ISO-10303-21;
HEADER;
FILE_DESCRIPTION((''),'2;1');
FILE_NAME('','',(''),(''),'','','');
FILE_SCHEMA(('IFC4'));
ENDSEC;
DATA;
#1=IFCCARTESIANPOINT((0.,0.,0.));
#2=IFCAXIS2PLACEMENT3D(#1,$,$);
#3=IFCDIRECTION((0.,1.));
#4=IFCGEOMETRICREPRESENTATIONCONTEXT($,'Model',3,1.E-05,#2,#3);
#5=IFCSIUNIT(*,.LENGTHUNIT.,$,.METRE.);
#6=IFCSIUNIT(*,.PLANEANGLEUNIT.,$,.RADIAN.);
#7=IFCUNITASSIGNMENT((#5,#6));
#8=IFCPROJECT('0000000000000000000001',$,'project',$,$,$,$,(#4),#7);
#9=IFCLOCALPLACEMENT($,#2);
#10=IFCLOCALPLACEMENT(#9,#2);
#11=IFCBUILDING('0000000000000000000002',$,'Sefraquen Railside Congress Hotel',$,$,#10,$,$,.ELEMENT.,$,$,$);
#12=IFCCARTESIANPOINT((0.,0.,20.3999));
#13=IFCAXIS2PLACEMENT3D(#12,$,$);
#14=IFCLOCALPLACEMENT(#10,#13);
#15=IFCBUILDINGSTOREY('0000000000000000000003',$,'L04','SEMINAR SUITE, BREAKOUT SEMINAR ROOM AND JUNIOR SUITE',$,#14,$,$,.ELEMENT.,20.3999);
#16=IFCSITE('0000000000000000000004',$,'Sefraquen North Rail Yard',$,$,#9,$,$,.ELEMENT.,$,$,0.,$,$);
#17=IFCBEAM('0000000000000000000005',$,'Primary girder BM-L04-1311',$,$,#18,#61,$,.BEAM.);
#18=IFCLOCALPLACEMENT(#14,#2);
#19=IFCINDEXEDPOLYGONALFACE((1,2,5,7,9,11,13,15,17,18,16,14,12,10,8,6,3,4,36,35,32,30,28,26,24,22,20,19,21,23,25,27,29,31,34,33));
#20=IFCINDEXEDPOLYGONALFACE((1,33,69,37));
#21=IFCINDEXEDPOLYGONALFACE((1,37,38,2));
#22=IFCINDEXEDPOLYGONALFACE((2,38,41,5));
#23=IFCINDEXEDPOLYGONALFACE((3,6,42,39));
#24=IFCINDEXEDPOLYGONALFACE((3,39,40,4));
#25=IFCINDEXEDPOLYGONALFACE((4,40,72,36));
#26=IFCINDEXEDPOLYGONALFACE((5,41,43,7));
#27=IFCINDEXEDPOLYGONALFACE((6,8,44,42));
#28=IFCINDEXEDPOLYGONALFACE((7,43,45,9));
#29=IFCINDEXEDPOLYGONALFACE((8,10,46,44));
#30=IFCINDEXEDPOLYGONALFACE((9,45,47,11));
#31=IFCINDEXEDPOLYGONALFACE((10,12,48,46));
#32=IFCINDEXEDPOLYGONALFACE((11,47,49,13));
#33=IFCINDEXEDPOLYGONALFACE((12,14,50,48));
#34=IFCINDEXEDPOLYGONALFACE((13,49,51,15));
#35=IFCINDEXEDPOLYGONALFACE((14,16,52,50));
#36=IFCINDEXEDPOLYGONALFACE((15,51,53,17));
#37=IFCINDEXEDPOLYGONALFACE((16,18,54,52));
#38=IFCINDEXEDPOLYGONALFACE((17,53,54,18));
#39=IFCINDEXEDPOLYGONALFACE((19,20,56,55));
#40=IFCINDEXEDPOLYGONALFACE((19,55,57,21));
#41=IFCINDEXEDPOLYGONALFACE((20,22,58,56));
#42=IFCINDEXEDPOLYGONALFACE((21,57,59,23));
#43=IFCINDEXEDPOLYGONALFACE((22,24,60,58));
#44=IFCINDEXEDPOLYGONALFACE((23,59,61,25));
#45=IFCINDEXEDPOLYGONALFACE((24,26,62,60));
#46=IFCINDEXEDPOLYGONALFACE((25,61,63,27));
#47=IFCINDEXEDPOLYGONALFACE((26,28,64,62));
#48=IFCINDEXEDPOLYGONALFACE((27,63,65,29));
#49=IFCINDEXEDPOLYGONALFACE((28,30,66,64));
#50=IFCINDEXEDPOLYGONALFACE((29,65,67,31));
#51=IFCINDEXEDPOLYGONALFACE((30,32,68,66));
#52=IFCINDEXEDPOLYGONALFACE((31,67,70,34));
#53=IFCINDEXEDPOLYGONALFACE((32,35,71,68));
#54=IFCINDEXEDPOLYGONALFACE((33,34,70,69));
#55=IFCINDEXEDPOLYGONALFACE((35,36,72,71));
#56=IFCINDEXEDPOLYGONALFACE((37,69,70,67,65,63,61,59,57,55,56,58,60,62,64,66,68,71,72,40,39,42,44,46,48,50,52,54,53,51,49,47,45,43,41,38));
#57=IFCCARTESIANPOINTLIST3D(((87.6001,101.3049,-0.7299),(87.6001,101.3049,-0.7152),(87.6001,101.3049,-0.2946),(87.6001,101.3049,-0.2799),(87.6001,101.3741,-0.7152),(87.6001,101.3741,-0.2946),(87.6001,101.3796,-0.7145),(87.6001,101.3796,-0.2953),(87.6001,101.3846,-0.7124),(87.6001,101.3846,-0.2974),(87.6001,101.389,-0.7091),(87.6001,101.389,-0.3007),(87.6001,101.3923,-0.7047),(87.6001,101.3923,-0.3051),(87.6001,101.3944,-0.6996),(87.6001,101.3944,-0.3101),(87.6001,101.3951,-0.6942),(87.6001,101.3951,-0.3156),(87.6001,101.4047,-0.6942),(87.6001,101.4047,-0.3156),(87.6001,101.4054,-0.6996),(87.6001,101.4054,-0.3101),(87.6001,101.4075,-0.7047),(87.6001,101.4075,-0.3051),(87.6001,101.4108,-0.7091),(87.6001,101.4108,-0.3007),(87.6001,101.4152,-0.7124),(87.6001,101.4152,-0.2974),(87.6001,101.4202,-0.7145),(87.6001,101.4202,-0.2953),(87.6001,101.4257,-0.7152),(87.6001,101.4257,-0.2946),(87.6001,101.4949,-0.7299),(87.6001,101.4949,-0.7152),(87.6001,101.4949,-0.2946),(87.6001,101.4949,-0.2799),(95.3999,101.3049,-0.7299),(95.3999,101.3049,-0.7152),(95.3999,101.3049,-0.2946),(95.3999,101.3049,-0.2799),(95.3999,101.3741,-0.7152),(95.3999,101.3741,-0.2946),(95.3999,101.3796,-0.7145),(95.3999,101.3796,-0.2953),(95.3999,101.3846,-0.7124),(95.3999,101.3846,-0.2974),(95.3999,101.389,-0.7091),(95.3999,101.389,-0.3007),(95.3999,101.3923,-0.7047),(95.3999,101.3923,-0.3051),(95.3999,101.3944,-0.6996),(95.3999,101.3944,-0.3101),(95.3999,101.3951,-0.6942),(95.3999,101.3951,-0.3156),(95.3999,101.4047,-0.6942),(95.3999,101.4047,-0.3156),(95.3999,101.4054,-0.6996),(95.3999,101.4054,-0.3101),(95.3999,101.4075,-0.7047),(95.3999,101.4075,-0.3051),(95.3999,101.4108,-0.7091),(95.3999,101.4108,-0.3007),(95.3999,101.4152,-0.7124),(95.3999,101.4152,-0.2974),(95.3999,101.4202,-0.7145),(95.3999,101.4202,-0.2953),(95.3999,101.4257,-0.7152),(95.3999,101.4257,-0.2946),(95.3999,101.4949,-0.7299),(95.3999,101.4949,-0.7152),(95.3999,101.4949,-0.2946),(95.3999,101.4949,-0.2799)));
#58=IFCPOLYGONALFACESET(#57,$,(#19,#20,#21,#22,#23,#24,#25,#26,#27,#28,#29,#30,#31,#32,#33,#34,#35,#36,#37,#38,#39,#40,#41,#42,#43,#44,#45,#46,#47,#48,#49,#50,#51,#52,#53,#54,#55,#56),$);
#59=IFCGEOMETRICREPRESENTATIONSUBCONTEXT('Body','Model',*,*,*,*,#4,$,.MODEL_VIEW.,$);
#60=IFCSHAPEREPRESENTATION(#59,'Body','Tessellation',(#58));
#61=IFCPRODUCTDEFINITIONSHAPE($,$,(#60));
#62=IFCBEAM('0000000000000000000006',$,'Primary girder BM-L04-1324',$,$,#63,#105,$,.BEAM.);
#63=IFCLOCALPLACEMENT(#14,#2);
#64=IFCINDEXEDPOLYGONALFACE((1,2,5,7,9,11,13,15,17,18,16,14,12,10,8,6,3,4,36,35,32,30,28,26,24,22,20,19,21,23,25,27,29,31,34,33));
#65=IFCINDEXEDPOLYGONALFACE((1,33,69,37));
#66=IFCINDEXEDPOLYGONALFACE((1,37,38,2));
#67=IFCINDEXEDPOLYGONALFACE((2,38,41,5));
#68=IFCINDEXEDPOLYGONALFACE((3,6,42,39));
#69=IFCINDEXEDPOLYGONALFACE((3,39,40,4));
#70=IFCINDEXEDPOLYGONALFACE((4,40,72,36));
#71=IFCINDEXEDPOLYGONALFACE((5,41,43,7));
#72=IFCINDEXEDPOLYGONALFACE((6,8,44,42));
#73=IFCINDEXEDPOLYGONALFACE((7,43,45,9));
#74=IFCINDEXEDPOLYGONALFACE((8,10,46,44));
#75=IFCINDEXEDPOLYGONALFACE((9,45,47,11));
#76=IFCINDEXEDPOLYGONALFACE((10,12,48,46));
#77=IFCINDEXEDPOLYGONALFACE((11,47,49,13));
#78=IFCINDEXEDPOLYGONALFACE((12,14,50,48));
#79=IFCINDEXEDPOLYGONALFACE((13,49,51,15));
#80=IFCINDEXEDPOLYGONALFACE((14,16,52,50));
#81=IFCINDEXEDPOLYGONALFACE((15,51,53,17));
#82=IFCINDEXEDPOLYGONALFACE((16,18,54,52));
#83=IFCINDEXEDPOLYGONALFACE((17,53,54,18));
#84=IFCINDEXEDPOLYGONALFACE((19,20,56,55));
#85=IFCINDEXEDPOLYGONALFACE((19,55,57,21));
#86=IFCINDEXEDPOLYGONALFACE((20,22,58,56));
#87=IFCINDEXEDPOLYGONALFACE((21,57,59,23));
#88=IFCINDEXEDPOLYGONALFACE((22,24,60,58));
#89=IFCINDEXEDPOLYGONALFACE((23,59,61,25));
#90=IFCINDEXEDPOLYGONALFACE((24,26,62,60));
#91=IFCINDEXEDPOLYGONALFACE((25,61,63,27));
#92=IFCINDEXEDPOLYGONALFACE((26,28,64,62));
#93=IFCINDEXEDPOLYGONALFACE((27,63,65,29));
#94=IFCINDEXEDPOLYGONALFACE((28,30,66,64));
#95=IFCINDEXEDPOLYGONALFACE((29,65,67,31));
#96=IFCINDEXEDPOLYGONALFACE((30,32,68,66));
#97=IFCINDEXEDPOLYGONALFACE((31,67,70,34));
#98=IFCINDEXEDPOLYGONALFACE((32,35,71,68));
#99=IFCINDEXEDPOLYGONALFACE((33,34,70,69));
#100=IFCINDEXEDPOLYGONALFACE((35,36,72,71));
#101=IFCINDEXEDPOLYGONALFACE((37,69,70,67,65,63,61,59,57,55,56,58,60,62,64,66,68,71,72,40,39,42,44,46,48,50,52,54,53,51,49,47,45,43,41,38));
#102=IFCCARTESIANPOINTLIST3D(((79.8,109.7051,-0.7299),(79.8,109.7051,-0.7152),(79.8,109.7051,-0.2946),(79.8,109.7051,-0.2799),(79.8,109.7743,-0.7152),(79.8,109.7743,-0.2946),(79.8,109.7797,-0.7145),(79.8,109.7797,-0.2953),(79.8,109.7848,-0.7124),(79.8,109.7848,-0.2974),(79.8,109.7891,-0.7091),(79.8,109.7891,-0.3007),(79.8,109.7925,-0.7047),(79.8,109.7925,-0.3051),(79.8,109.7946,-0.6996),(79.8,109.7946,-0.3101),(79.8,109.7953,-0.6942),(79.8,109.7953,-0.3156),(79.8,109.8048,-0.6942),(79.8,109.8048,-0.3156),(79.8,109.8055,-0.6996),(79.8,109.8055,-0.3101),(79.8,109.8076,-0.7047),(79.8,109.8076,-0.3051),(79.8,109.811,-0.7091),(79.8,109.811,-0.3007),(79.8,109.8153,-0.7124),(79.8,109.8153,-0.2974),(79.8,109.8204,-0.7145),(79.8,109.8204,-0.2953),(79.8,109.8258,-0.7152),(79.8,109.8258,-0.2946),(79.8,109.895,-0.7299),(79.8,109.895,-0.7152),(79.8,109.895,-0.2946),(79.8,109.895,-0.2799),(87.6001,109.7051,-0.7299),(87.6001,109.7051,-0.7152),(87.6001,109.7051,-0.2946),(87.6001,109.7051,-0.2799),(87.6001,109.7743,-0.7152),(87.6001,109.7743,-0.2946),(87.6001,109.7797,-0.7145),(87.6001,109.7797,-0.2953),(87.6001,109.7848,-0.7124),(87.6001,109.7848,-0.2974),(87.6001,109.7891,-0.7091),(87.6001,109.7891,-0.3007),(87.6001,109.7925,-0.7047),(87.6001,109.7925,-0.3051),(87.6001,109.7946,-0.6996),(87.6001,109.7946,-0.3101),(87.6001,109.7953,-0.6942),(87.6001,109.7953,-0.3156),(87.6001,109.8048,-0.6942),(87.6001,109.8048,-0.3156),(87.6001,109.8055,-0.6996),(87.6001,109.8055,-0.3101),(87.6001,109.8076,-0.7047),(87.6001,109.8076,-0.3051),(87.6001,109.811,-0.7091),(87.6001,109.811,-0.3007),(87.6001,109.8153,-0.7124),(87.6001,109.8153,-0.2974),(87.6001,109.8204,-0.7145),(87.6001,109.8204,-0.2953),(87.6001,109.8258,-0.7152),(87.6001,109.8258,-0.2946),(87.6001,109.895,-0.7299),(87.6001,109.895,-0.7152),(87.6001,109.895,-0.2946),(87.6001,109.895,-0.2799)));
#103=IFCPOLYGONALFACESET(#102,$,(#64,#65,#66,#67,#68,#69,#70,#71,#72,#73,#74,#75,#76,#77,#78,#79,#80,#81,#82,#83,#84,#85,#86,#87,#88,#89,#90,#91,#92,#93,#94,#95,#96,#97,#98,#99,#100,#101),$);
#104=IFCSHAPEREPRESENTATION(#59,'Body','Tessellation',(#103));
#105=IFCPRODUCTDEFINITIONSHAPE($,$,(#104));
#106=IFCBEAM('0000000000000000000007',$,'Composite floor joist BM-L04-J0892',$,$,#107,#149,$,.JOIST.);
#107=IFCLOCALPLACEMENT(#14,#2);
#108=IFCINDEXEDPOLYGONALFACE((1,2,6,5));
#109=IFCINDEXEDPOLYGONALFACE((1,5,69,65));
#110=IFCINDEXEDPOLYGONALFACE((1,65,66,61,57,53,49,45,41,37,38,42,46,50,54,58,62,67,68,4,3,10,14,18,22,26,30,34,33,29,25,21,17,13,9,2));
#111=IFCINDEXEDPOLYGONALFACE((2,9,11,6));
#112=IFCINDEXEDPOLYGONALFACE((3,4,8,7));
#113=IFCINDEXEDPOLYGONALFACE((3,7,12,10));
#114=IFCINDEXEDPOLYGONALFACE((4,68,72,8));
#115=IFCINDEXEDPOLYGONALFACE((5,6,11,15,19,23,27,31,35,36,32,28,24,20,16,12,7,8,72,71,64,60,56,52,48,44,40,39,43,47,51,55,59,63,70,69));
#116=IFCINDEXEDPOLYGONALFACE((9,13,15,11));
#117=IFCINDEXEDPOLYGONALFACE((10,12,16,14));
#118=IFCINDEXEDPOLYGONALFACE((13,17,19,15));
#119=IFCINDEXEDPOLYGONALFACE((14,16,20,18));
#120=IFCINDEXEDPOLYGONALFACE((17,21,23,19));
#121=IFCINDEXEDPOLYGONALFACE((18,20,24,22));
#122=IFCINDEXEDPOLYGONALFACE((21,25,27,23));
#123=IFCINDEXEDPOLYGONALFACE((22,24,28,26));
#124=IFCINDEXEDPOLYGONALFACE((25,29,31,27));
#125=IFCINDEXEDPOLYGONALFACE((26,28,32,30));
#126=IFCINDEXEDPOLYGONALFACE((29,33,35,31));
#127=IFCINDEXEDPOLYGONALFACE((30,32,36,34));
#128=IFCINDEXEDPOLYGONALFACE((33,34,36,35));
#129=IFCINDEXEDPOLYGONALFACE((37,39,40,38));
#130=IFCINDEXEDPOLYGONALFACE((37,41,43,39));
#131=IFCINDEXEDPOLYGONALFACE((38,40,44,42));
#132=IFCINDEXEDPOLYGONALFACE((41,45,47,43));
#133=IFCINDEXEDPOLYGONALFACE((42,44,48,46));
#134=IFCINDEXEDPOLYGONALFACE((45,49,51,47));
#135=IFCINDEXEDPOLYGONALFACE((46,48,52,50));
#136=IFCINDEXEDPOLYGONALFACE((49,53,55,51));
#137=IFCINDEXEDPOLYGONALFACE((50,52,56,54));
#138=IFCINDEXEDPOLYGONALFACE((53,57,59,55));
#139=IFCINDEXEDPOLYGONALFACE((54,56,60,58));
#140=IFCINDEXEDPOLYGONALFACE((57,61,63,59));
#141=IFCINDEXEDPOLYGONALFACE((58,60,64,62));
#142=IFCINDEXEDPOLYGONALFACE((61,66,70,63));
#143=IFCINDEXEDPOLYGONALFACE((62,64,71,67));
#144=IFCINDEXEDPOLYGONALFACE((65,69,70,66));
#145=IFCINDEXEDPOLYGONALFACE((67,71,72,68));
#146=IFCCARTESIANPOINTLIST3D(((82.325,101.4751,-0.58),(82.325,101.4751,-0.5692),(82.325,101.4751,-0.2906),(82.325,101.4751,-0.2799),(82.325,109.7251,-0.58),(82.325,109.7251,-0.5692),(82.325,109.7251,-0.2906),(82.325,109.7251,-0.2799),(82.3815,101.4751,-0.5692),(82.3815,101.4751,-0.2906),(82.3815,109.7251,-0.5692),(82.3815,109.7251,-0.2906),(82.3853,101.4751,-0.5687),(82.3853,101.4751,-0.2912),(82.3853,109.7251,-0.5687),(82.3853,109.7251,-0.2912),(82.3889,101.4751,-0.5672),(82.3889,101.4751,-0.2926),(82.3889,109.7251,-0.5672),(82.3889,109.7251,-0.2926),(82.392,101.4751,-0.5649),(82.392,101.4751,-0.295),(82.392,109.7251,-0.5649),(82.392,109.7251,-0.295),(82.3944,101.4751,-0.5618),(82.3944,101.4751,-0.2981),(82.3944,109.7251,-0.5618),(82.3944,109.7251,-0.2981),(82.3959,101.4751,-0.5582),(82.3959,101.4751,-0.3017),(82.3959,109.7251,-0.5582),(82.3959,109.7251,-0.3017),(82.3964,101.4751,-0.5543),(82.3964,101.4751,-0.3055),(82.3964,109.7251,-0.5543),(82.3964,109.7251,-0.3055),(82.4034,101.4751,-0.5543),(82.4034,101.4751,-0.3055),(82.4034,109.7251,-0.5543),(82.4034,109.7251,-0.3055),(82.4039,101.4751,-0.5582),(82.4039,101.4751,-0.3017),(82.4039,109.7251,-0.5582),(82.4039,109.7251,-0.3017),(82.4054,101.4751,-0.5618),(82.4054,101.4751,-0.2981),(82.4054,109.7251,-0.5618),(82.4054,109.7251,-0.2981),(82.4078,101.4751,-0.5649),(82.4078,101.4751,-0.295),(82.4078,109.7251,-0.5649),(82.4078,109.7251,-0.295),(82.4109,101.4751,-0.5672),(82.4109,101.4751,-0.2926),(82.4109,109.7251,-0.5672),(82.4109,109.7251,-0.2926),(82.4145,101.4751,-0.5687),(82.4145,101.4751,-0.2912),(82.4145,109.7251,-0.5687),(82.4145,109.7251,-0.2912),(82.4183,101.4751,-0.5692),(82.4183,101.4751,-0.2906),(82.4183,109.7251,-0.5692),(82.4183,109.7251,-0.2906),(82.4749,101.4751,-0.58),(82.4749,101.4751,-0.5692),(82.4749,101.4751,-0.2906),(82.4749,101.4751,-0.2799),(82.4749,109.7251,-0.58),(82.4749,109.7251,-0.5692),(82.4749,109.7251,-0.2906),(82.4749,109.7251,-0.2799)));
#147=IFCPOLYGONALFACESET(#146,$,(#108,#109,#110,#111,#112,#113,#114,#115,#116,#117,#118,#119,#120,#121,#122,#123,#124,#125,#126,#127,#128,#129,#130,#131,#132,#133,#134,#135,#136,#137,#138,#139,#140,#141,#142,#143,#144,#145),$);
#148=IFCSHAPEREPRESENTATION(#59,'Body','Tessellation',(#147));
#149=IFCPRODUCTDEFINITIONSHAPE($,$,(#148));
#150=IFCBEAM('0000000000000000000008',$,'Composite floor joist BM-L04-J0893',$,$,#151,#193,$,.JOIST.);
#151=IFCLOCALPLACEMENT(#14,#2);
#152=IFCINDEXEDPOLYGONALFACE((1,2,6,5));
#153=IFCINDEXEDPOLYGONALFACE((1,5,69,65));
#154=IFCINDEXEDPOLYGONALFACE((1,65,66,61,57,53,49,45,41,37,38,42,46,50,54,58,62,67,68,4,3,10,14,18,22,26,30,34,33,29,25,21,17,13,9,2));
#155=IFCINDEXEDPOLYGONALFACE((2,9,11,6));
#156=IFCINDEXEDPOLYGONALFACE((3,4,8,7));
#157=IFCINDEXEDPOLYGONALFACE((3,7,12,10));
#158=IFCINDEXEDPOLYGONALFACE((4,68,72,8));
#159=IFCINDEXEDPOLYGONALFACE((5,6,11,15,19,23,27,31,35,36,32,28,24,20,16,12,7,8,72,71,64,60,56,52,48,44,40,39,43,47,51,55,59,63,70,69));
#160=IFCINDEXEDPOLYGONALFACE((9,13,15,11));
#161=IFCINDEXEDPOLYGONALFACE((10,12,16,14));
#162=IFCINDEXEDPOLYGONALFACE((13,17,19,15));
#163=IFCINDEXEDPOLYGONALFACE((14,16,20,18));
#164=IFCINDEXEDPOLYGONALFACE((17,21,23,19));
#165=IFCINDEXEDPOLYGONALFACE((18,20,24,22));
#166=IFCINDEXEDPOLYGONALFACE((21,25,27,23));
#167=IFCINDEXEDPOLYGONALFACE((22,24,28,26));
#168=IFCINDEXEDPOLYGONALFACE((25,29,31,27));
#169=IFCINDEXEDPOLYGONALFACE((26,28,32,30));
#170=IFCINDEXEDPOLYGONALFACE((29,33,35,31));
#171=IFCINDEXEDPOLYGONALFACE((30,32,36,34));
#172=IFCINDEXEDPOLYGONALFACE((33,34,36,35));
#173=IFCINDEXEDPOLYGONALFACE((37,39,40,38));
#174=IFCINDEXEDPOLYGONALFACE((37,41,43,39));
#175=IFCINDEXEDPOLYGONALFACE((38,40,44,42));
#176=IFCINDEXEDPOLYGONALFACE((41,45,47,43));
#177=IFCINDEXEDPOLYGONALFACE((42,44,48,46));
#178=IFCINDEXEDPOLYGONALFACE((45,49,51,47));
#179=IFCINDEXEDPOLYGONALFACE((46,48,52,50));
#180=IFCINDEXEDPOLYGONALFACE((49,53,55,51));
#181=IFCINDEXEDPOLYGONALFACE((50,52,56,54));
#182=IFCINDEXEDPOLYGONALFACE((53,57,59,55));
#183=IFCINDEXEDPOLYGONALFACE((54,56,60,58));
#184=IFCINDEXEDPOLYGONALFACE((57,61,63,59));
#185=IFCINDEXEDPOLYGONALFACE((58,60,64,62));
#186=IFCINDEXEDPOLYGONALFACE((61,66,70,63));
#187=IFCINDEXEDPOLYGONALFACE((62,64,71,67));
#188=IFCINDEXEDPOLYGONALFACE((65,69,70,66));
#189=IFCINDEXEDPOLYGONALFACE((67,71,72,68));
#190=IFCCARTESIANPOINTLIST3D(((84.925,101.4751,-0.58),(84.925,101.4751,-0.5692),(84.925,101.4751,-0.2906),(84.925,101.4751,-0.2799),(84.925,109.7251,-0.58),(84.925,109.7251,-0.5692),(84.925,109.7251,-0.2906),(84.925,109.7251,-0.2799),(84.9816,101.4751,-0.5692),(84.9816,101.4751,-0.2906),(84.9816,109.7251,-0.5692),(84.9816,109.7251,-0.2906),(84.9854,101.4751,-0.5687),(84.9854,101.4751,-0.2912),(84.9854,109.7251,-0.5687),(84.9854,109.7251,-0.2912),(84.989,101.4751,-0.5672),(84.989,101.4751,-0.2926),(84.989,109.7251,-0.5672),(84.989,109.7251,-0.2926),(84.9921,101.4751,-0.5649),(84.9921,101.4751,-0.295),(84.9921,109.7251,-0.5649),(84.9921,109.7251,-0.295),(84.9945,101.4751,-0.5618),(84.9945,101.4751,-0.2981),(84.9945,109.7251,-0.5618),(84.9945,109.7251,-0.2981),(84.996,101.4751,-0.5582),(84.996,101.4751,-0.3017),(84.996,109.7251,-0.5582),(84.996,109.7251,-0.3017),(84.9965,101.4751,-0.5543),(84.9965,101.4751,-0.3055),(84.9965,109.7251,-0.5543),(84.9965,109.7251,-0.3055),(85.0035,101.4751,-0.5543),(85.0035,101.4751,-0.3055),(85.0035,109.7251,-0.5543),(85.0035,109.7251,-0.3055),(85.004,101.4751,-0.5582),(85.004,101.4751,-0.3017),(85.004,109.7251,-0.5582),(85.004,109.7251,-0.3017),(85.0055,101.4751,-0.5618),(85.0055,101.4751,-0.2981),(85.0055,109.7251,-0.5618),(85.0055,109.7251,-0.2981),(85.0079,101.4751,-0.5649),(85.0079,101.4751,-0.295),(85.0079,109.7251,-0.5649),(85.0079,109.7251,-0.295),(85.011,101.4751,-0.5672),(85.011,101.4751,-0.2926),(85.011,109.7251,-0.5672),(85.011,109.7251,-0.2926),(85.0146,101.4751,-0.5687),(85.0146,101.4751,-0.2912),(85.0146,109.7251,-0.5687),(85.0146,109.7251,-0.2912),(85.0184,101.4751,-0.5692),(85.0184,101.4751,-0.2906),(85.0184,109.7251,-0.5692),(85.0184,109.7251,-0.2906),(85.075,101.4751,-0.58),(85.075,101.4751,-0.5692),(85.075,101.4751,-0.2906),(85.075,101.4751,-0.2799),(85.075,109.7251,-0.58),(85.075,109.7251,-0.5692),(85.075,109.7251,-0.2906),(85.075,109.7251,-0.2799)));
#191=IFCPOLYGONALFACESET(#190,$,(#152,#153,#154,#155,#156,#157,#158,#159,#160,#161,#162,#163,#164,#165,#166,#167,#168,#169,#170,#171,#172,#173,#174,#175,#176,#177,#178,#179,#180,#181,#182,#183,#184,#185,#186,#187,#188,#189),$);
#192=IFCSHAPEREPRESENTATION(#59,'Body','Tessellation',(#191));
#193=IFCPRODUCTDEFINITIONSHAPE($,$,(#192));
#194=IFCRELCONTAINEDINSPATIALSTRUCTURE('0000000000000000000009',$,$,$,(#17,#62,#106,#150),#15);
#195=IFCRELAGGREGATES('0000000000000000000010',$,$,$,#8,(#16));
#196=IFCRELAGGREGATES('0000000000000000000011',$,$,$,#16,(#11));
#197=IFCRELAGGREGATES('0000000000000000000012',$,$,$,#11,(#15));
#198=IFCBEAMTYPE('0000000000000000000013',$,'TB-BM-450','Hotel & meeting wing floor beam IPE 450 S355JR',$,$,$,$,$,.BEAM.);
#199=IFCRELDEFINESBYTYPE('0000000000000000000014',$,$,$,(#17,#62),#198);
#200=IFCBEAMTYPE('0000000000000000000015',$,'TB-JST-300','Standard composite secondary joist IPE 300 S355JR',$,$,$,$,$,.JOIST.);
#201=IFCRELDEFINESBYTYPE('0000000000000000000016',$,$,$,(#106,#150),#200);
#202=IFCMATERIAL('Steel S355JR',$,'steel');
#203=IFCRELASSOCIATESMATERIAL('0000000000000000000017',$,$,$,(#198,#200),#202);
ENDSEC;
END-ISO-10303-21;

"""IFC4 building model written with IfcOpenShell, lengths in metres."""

from ifc_helpers import new_model, si_unit, direction, frame, origin, origin_2d, place, context, subcontext, project, spatial, i_section, extrude, material, material_profile, profile_set, type_object, element, save


model = new_model("IFC4")

# Units and contexts
model_context = context("Model", 3, precision=1e-05, world=origin(), true_north=direction((0.0, 1.0)))
body_context = subcontext(model_context, "Body", "Model", "MODEL_VIEW")
ifc_project = project(units=[si_unit("LENGTHUNIT", "METRE"), si_unit("PLANEANGLEUNIT", "RADIAN")], contexts=[model_context])

# Site, building, storey
site_placement = place(None, origin())
site = spatial("IfcSite", under=ifc_project, at=site_placement, Name="Sefraquen North Rail Yard", CompositionType="ELEMENT", RefElevation=0.0)
building_placement = place(site_placement, origin())
building = spatial("IfcBuilding", under=site, at=building_placement, Name="Sefraquen Railside Congress Hotel", CompositionType="ELEMENT")
storey_placement = place(building_placement, frame((0.0, 0.0, 20.3999)))
storey = spatial("IfcBuildingStorey", under=building, at=storey_placement, Name="L04", Description="SEMINAR SUITE, BREAKOUT SEMINAR ROOM AND JUNIOR SUITE", CompositionType="ELEMENT", Elevation=20.3999)

# Shared definitions
ifc_material_1 = material(Name="Steel S355JR", Category="steel")

# Beams
ifc_material_profile_1 = material_profile(ifc_material_1, i_section(OverallWidth=0.1899, OverallDepth=0.45, WebThickness=0.0095, FlangeThickness=0.0146, FilletRadius=0.021, at=origin_2d()), Name="IPE 450")
ifc_profile_set_1 = profile_set([ifc_material_profile_1], Name="Steel S355JR")
beam_type_1 = type_object("IfcBeamType", Name="TB-BM-450", Description="Hotel & meeting wing floor beam IPE 450 S355JR", PredefinedType="BEAM", material=ifc_profile_set_1)
beam_1_placement = place(storey_placement, frame((87.6001, 101.3999, -0.5049), z_axis=(1.0, 0.0, 0.0), x_axis=(0.0, 1.0, 0.0)))
element("IfcBeam", 1, at=beam_1_placement, inside=storey, type_object=beam_type_1, Name="Primary girder BM-L04-1311", PredefinedType="BEAM", context=body_context, shape_type="SweptSolid", body=[
    extrude(i_section(OverallWidth=0.1899, OverallDepth=0.45, WebThickness=0.0095, FlangeThickness=0.0146, FilletRadius=0.021, at=origin_2d()), origin(), (0.0, 0.0, 1.0), 7.7998),
])
beam_2_placement = place(storey_placement, frame((79.8, 109.8, -0.5049), z_axis=(1.0, 0.0, 0.0), x_axis=(0.0, 1.0, 0.0)))
element("IfcBeam", 2, at=beam_2_placement, inside=storey, type_object=beam_type_1, Name="Primary girder BM-L04-1324", PredefinedType="BEAM", context=body_context, shape_type="SweptSolid", body=[
    extrude(i_section(OverallWidth=0.1899, OverallDepth=0.45, WebThickness=0.0095, FlangeThickness=0.0146, FilletRadius=0.021, at=origin_2d()), origin(), (0.0, 0.0, 1.0), 7.8),
])
ifc_material_profile_2 = material_profile(ifc_material_1, i_section(OverallWidth=0.1499, OverallDepth=0.3, WebThickness=0.0071, FlangeThickness=0.0107, FilletRadius=0.0149, at=origin_2d()), Name="IPE 300")
ifc_profile_set_2 = profile_set([ifc_material_profile_2], Name="Steel S355JR")
beam_type_2 = type_object("IfcBeamType", Name="TB-JST-300", Description="Standard composite secondary joist IPE 300 S355JR", PredefinedType="JOIST", material=ifc_profile_set_2)
for number, where, z_axis, x_axis, name in (
    (3, (82.3999, 101.4751, -0.4299), (0.0, 1.0, 0.0), (-1.0, 0.0, 0.0), "Composite floor joist BM-L04-J0892"),
    (4, (85.0, 101.4751, -0.4299), (0.0, 1.0, 0.0), (-1.0, 0.0, 0.0), "Composite floor joist BM-L04-J0893"),
):
    element("IfcBeam", number, at=place(storey_placement, frame(where, z_axis=z_axis, x_axis=x_axis)), inside=storey, type_object=beam_type_2, Name=name, PredefinedType="JOIST", context=body_context, shape_type="SweptSolid", body=[
        extrude(i_section(OverallWidth=0.1499, OverallDepth=0.3, WebThickness=0.0071, FlangeThickness=0.0107, FilletRadius=0.0149, at=origin_2d()), origin(), (0.0, 0.0, 1.0), 8.25),
    ])

save(model, "model.ifc")
